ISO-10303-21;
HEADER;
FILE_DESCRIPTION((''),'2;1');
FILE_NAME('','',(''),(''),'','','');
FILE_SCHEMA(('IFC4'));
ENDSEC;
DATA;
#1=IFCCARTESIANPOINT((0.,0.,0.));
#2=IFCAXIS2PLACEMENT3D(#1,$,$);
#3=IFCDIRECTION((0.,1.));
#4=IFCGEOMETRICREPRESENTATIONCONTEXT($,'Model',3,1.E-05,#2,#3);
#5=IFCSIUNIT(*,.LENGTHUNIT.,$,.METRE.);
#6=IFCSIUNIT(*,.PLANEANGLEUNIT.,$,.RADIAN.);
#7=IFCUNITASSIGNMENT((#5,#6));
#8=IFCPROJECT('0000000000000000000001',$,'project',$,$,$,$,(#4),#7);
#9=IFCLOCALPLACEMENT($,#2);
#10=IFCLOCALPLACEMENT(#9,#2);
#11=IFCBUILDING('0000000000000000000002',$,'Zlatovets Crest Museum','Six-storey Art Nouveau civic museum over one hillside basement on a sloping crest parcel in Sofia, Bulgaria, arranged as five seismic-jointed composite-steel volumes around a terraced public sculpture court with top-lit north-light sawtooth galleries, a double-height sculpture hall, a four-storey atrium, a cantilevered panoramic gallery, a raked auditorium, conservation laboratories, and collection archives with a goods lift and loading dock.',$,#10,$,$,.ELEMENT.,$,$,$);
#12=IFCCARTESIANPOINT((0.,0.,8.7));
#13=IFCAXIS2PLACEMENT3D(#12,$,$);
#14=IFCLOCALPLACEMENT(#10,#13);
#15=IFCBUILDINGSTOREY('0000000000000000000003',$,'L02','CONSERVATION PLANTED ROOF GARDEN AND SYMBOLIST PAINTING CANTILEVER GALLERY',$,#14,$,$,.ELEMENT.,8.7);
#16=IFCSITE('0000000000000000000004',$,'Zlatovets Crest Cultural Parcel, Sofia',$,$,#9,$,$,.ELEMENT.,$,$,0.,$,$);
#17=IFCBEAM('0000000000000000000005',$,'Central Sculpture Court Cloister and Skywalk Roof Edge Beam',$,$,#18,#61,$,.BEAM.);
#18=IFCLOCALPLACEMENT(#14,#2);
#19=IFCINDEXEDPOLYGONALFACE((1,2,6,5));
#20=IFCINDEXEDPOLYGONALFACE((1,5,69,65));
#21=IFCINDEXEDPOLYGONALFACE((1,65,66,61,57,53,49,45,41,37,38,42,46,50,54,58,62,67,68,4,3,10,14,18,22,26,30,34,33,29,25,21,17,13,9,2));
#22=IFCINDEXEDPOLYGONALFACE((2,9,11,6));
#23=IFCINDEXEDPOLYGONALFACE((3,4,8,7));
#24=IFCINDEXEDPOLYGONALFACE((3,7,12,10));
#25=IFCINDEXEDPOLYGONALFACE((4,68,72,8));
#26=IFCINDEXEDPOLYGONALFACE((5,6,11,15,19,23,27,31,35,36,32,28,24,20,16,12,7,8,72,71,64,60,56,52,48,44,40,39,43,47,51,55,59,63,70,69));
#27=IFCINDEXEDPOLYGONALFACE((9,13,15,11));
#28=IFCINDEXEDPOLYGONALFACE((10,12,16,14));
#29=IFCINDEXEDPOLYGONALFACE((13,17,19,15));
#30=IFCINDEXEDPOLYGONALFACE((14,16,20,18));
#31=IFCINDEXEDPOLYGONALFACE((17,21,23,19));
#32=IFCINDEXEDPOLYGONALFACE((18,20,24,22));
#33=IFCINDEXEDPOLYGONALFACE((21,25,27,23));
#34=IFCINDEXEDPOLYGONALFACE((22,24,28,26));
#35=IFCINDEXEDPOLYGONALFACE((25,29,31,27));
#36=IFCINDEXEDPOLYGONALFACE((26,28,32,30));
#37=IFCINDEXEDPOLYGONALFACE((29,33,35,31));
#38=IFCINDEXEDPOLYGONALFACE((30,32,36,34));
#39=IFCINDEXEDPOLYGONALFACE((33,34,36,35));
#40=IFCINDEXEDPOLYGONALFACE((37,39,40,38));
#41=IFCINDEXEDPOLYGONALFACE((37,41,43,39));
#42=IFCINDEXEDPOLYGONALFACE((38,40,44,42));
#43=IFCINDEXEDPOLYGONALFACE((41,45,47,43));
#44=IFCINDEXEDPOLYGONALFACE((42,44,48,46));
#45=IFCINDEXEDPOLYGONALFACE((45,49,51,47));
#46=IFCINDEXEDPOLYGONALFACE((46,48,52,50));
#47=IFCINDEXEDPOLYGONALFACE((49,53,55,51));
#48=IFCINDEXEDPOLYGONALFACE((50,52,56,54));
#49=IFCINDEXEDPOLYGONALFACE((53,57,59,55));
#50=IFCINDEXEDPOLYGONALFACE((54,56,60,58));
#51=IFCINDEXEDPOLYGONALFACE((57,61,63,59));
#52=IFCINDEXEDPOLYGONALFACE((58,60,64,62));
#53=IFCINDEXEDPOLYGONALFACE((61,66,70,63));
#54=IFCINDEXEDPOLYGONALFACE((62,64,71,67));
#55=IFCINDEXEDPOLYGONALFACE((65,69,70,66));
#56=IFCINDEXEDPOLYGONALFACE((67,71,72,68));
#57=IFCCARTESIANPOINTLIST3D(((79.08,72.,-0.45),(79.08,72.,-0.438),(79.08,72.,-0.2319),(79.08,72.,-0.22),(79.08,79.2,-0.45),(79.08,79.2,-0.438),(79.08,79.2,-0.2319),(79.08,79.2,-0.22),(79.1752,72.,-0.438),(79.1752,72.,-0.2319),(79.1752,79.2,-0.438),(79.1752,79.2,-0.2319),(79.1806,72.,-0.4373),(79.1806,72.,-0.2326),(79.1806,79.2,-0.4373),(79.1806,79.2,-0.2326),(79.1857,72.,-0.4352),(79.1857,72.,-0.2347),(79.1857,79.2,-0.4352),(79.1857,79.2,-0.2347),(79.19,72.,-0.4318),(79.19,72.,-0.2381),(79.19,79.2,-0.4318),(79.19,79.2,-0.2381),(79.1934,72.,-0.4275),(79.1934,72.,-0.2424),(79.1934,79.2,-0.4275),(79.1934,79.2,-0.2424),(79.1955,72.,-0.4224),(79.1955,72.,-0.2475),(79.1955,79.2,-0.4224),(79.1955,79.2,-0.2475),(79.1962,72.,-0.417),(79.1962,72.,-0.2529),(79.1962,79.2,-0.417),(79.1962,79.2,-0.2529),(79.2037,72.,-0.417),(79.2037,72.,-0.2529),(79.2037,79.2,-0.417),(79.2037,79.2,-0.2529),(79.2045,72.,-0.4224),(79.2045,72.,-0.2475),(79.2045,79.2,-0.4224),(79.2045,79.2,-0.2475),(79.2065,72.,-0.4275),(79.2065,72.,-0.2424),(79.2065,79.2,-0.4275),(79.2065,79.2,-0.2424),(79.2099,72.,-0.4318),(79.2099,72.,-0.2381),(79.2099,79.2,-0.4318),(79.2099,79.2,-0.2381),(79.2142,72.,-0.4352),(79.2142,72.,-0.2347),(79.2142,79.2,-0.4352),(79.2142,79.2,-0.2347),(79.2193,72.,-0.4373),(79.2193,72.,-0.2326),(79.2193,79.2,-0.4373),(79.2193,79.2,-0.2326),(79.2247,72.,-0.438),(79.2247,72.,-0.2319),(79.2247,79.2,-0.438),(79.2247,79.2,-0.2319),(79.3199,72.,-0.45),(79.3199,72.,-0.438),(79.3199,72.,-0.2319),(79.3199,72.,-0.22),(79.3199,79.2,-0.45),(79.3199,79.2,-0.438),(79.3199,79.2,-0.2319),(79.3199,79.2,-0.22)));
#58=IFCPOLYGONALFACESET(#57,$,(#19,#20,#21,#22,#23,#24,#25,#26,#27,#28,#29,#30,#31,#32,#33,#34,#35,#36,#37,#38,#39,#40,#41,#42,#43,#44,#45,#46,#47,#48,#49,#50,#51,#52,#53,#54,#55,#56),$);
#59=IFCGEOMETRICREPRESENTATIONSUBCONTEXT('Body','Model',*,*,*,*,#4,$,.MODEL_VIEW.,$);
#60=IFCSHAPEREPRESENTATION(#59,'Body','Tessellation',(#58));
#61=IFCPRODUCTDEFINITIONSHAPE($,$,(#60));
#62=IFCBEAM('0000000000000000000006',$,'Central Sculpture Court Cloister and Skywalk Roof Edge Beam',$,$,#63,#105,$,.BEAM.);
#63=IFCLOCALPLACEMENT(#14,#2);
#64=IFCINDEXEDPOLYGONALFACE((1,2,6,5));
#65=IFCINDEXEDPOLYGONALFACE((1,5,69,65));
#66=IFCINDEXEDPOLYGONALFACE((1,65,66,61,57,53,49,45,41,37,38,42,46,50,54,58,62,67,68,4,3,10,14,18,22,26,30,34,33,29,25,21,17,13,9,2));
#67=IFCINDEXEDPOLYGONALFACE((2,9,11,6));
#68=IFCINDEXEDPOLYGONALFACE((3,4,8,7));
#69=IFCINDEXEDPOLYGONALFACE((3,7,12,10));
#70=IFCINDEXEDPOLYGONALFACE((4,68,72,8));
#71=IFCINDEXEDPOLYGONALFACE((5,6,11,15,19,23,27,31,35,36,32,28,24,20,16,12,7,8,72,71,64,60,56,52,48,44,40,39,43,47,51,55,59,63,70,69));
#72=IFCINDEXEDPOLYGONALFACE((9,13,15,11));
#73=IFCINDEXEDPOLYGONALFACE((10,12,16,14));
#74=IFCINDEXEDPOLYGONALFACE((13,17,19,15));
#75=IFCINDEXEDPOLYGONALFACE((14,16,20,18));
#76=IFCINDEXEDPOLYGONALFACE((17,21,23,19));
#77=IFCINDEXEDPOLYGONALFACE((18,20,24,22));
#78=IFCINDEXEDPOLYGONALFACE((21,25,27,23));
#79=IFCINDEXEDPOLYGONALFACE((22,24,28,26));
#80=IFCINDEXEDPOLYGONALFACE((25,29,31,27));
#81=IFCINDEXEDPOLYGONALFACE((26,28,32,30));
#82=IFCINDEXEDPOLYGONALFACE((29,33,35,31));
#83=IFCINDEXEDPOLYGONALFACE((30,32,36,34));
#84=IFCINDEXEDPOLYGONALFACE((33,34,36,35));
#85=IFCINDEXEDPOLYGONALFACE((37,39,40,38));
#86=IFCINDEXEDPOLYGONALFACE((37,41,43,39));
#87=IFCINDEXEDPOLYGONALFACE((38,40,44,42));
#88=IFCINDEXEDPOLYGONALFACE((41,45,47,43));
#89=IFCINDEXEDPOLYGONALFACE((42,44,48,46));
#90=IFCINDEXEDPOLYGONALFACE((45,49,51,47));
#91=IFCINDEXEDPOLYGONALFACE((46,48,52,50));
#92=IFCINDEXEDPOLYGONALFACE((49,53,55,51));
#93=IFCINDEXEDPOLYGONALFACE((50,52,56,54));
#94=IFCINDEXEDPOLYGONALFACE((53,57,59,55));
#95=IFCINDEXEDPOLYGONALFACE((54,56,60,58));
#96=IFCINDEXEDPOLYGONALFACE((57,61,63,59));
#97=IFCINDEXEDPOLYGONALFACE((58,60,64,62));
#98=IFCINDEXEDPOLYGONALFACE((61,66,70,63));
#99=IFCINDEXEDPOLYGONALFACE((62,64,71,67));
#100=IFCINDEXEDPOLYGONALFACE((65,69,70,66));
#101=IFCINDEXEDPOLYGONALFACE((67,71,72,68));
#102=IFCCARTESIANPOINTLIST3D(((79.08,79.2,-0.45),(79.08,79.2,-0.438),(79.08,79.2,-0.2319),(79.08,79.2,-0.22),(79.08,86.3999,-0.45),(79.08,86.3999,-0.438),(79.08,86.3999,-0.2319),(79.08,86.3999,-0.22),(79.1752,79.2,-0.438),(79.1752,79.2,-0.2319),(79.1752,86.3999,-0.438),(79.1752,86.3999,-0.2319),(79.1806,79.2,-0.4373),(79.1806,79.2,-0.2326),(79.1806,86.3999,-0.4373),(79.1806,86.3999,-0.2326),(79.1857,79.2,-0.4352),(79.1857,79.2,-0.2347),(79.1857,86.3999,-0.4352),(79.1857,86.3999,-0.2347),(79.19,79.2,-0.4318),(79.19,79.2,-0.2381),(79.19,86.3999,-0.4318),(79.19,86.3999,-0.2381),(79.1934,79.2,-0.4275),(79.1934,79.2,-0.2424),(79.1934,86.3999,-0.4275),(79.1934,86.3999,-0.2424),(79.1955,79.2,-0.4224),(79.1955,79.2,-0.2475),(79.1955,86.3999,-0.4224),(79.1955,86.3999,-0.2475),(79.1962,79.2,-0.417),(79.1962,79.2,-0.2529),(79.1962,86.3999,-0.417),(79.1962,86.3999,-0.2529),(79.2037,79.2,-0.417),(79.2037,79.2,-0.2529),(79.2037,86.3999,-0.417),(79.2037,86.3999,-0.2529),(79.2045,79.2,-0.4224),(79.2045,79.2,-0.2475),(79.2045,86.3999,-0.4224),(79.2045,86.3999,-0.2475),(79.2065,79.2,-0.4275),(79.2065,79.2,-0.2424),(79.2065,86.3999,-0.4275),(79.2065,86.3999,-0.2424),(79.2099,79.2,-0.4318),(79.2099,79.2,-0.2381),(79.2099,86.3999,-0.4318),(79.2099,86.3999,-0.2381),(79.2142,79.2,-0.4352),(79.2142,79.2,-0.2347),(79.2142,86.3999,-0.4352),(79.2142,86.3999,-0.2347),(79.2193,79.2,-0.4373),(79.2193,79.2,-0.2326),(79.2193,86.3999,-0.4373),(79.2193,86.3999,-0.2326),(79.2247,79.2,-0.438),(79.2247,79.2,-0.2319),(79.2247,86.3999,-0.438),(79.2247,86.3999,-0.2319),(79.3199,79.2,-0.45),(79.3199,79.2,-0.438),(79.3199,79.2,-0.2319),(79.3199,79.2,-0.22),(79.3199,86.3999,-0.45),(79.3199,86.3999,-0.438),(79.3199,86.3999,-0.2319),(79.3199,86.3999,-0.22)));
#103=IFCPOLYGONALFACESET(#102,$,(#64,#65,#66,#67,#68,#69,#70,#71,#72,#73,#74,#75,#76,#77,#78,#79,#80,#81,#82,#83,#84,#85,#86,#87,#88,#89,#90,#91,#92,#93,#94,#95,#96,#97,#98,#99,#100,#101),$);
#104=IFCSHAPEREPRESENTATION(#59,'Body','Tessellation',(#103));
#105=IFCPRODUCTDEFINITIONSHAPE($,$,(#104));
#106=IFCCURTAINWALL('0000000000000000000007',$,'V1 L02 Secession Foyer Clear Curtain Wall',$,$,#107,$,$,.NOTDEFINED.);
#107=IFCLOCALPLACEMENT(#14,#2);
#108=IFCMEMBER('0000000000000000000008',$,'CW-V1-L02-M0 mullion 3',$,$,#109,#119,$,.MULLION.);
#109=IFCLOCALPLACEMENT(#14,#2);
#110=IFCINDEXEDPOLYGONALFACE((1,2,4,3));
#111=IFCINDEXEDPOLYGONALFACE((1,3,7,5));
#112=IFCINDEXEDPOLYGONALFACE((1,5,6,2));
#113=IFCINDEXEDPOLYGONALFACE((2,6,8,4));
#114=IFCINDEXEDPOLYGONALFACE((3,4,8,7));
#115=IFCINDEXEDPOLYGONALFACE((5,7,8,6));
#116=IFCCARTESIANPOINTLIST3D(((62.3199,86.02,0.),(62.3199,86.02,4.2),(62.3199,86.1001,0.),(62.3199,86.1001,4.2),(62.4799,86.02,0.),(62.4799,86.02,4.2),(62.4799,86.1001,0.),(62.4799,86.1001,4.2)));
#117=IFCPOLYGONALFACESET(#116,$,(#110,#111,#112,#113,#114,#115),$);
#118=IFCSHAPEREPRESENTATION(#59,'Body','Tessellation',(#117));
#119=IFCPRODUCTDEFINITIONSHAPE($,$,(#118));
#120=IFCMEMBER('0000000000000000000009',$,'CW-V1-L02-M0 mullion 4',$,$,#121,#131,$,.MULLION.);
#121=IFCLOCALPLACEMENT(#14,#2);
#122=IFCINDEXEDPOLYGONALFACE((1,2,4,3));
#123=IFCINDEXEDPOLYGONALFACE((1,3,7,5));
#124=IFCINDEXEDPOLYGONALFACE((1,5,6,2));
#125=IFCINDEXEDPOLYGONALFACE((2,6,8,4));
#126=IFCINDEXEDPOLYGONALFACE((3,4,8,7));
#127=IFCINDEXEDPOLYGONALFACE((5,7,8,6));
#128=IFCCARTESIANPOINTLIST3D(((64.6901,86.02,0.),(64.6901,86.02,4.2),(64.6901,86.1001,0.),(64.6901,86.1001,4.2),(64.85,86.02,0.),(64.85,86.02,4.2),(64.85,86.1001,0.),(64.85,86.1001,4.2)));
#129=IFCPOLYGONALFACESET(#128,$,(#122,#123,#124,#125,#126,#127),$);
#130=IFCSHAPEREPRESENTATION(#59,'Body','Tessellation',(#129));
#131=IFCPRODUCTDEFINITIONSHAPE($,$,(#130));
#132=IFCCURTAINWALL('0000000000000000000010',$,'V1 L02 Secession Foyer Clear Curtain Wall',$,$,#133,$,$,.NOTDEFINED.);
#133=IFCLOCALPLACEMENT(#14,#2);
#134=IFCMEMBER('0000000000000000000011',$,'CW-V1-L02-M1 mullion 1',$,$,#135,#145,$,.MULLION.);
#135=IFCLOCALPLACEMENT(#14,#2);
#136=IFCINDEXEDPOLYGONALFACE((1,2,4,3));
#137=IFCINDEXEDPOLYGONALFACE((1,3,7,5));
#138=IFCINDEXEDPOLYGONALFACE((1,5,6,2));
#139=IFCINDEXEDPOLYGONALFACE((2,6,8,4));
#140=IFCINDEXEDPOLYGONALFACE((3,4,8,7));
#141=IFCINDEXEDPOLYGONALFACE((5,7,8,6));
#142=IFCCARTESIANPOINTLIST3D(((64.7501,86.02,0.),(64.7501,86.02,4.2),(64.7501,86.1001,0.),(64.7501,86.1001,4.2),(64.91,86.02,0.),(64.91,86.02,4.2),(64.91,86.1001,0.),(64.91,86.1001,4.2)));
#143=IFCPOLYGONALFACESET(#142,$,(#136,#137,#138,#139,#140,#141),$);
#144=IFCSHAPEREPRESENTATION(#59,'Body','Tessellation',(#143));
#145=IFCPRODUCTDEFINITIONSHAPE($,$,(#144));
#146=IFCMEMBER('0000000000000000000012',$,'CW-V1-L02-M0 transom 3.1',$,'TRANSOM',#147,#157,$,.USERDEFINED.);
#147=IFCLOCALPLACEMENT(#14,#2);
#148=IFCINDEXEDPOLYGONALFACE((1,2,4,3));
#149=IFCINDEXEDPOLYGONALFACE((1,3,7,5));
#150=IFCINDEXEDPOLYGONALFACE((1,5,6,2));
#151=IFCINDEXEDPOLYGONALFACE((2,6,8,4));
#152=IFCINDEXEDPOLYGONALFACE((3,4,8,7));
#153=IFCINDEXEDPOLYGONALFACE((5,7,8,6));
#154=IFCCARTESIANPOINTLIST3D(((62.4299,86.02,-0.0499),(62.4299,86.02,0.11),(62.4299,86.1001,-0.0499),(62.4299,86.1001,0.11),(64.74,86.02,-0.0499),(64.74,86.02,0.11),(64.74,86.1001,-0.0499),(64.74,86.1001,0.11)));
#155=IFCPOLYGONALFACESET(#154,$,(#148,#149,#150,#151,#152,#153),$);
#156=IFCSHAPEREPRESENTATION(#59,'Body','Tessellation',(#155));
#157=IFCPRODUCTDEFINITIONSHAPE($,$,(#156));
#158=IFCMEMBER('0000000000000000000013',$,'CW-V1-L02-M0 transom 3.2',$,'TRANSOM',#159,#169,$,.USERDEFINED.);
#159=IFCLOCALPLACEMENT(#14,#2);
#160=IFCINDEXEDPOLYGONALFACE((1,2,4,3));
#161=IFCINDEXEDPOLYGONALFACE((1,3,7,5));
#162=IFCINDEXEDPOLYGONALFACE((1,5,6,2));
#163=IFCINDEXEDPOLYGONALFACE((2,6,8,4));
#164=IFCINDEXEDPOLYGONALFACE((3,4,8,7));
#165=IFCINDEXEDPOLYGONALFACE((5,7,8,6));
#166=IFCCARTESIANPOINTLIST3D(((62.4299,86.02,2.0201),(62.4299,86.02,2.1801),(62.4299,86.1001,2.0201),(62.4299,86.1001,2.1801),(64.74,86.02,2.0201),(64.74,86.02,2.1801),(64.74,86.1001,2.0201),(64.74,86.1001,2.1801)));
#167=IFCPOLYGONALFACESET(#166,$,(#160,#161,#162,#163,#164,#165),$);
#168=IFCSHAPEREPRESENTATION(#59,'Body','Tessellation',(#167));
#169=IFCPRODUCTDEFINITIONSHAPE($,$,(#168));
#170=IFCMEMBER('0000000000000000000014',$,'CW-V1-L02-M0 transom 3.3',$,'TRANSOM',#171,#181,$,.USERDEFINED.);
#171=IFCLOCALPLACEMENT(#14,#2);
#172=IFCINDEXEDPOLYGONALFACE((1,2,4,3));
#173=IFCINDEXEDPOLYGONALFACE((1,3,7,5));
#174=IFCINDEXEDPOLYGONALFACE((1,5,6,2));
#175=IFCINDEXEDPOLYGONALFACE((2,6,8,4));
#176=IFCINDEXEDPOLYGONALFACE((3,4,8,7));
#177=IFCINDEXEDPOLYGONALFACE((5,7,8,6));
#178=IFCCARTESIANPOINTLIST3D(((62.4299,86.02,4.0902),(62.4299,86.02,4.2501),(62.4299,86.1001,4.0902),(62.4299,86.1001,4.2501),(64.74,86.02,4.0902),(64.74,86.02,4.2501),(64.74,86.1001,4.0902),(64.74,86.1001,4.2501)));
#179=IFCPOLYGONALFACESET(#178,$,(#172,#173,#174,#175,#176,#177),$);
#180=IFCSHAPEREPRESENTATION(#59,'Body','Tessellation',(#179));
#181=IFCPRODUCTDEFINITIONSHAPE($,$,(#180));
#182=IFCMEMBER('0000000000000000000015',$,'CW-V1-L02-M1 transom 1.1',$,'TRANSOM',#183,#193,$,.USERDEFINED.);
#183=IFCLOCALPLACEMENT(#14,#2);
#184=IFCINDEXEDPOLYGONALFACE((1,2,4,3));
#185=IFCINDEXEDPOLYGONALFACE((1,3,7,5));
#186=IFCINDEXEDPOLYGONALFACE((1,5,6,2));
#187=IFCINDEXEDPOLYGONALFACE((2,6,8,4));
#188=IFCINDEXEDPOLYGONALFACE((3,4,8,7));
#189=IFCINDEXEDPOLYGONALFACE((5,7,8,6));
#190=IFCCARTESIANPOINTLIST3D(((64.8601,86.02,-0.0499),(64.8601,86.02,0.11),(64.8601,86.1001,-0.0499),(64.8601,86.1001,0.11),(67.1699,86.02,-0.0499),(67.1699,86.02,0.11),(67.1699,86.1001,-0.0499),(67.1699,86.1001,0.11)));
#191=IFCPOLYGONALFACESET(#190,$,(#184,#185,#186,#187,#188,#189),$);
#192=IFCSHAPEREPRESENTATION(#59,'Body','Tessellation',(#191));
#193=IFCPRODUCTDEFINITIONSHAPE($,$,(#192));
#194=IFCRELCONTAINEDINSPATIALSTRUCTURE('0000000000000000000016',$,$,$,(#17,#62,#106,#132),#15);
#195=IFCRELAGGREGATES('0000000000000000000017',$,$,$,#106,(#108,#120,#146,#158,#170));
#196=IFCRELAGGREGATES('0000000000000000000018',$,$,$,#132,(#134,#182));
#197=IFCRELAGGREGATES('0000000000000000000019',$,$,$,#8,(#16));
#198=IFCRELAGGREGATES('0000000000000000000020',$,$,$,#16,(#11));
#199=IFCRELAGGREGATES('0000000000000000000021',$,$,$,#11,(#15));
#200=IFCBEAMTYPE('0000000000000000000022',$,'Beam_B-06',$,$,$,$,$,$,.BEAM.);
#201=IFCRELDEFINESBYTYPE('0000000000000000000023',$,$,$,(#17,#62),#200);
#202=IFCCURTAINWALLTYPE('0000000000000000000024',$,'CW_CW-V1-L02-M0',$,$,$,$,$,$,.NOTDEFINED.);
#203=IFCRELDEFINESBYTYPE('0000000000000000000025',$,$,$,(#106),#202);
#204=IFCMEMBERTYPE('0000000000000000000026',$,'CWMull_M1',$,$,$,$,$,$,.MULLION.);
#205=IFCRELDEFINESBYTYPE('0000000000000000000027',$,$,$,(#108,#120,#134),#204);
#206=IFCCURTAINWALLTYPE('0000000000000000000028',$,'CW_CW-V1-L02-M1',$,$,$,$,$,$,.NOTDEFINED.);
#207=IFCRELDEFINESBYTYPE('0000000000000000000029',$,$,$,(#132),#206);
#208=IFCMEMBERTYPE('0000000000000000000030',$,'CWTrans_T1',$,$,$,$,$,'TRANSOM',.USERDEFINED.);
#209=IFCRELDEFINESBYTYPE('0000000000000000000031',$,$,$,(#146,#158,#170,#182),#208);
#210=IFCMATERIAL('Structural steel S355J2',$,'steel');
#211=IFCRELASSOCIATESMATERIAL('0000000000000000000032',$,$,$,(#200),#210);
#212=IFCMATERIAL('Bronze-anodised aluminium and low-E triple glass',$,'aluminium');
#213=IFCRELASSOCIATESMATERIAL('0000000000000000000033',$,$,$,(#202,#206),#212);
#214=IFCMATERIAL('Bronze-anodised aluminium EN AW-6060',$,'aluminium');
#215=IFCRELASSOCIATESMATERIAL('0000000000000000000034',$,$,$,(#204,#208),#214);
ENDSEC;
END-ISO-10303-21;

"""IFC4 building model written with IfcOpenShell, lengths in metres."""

from ifc_helpers import new_model, si_unit, direction, frame, origin, origin_2d, place, context, subcontext, project, spatial, rectangle, i_section, extrude, material, material_profile, profile_set, type_object, element, aggregate, save


model = new_model("IFC4")

# Units and contexts
model_context = context("Model", 3, precision=1e-05, world=origin(), true_north=direction((0.0, 1.0)))
body_context = subcontext(model_context, "Body", "Model", "MODEL_VIEW")
ifc_project = project(units=[si_unit("LENGTHUNIT", "METRE"), si_unit("PLANEANGLEUNIT", "RADIAN")], contexts=[model_context])

# Site, building, storey
site_placement = place(None, origin())
site = spatial("IfcSite", under=ifc_project, at=site_placement, Name="Zlatovets Crest Cultural Parcel, Sofia", CompositionType="ELEMENT", RefElevation=0.0)
building_placement = place(site_placement, origin())
building = spatial("IfcBuilding", under=site, at=building_placement, Name="Zlatovets Crest Museum", Description="Six-storey Art Nouveau civic museum over one hillside basement on a sloping crest parcel in Sofia, Bulgaria, arranged as five seismic-jointed composite-steel volumes around a terraced public sculpture court with top-lit north-light sawtooth galleries, a double-height sculpture hall, a four-storey atrium, a cantilevered panoramic gallery, a raked auditorium, conservation laboratories, and collection archives with a goods lift and loading dock.", CompositionType="ELEMENT")
storey_placement = place(building_placement, frame((0.0, 0.0, 8.7)))
storey = spatial("IfcBuildingStorey", under=building, at=storey_placement, Name="L02", Description="CONSERVATION PLANTED ROOF GARDEN AND SYMBOLIST PAINTING CANTILEVER GALLERY", CompositionType="ELEMENT", Elevation=8.7)

# Beams
ifc_material_1 = material(Name="Structural steel S355J2", Category="steel")
ifc_material_profile_1 = material_profile(ifc_material_1, i_section(OverallWidth=0.24, OverallDepth=0.23, WebThickness=0.0076, FlangeThickness=0.012, FilletRadius=0.021, at=origin_2d()), Name="HEA 240")
ifc_profile_set_1 = profile_set([ifc_material_profile_1], Name="Structural steel S355J2")
beam_type = type_object("IfcBeamType", Name="Beam_B-06", PredefinedType="BEAM", material=ifc_profile_set_1)
for number, where, z_axis, x_axis, name in (
    (1, (79.2, 72.0, -0.335), (0.0, 1.0, 0.0), (-1.0, 0.0, 0.0), "Central Sculpture Court Cloister and Skywalk Roof Edge Beam"),
    (2, (79.2, 79.2, -0.335), (0.0, 1.0, 0.0), (-1.0, 0.0, 0.0), "Central Sculpture Court Cloister and Skywalk Roof Edge Beam"),
):
    element("IfcBeam", number, at=place(storey_placement, frame(where, z_axis=z_axis, x_axis=x_axis)), inside=storey, type_object=beam_type, Name=name, PredefinedType="BEAM", context=body_context, shape_type="SweptSolid", body=[
        extrude(i_section(OverallWidth=0.24, OverallDepth=0.23, WebThickness=0.0076, FlangeThickness=0.012, FilletRadius=0.021, at=origin_2d()), origin(), (0.0, 0.0, 1.0), 7.2),
    ])

# Curtain wall, members
ifc_material_2 = material(Name="Bronze-anodised aluminium and low-E triple glass", Category="aluminium")
curtain_wall_type_1 = type_object("IfcCurtainWallType", Name="CW_CW-V1-L02-M0", PredefinedType="NOTDEFINED", material=ifc_material_2)
curtain_wall_1_placement = place(storey_placement, origin())
curtain_wall_1 = element("IfcCurtainWall", 3, at=curtain_wall_1_placement, inside=storey, type_object=curtain_wall_type_1, Name="V1 L02 Secession Foyer Clear Curtain Wall", PredefinedType="NOTDEFINED")
ifc_material_3 = material(Name="Bronze-anodised aluminium EN AW-6060", Category="aluminium")
ifc_material_profile_2 = material_profile(ifc_material_3, rectangle(XDim=0.0801, YDim=0.1599, at=origin_2d()), Name="ALU 80x160")
ifc_profile_set_2 = profile_set([ifc_material_profile_2], Name="Bronze-anodised aluminium EN AW-6060")
member_type_1 = type_object("IfcMemberType", Name="CWMull_M1", PredefinedType="MULLION", material=ifc_profile_set_2)
member_1_placement = place(storey_placement, frame((62.3999, 86.0601, 0.0), z_axis=(0.0, 0.0, 1.0), x_axis=(0.0, 1.0, 0.0)))
member_1 = element("IfcMember", 4, at=member_1_placement, type_object=member_type_1, Name="CW-V1-L02-M0 mullion 3", PredefinedType="MULLION", context=body_context, shape_type="SweptSolid", body=[
    extrude(rectangle(XDim=0.0801, YDim=0.1599, at=origin_2d()), origin(), (0.0, 0.0, 1.0), 4.2),
])
member_2_placement = place(storey_placement, frame((64.77, 86.0601, 0.0), z_axis=(0.0, 0.0, 1.0), x_axis=(0.0, 1.0, 0.0)))
member_2 = element("IfcMember", 5, at=member_2_placement, type_object=member_type_1, Name="CW-V1-L02-M0 mullion 4", PredefinedType="MULLION", context=body_context, shape_type="SweptSolid", body=[
    extrude(rectangle(XDim=0.0801, YDim=0.1599, at=origin_2d()), origin(), (0.0, 0.0, 1.0), 4.2),
])

# Curtain wall, member
curtain_wall_type_2 = type_object("IfcCurtainWallType", Name="CW_CW-V1-L02-M1", PredefinedType="NOTDEFINED", material=ifc_material_2)
curtain_wall_2_placement = place(storey_placement, origin())
curtain_wall_2 = element("IfcCurtainWall", 6, at=curtain_wall_2_placement, inside=storey, type_object=curtain_wall_type_2, Name="V1 L02 Secession Foyer Clear Curtain Wall", PredefinedType="NOTDEFINED")
member_3_placement = place(storey_placement, frame((64.8301, 86.0601, 0.0), z_axis=(0.0, 0.0, 1.0), x_axis=(0.0, 1.0, 0.0)))
member_3 = element("IfcMember", 7, at=member_3_placement, type_object=member_type_1, Name="CW-V1-L02-M1 mullion 1", PredefinedType="MULLION", context=body_context, shape_type="SweptSolid", body=[
    extrude(rectangle(XDim=0.0801, YDim=0.1599, at=origin_2d()), origin(), (0.0, 0.0, 1.0), 4.2),
])

# Members
ifc_material_profile_3 = material_profile(ifc_material_3, rectangle(XDim=0.0801, YDim=0.1599, at=origin_2d()), Name="ALU 80x160")
ifc_profile_set_3 = profile_set([ifc_material_profile_3], Name="Bronze-anodised aluminium EN AW-6060")
member_type_2 = type_object("IfcMemberType", Name="CWTrans_T1", ElementType="TRANSOM", PredefinedType="USERDEFINED", material=ifc_profile_set_3)
member_4_placement = place(storey_placement, frame((62.4299, 86.0601, 0.03), z_axis=(1.0, 0.0, 0.0), x_axis=(0.0, 1.0, 0.0)))
member_4 = element("IfcMember", 8, at=member_4_placement, type_object=member_type_2, Name="CW-V1-L02-M0 transom 3.1", ObjectType="TRANSOM", PredefinedType="USERDEFINED", context=body_context, shape_type="SweptSolid", body=[
    extrude(rectangle(XDim=0.0801, YDim=0.1599, at=origin_2d()), origin(), (0.0, 0.0, 1.0), 2.3101),
])
member_5_placement = place(storey_placement, frame((62.4299, 86.0601, 2.1001), z_axis=(1.0, 0.0, 0.0), x_axis=(0.0, 1.0, 0.0)))
member_5 = element("IfcMember", 9, at=member_5_placement, type_object=member_type_2, Name="CW-V1-L02-M0 transom 3.2", ObjectType="TRANSOM", PredefinedType="USERDEFINED", context=body_context, shape_type="SweptSolid", body=[
    extrude(rectangle(XDim=0.0801, YDim=0.1599, at=origin_2d()), origin(), (0.0, 0.0, 1.0), 2.3101),
])
member_6_placement = place(storey_placement, frame((62.4299, 86.0601, 4.1702), z_axis=(1.0, 0.0, 0.0), x_axis=(0.0, 1.0, 0.0)))
member_6 = element("IfcMember", 10, at=member_6_placement, type_object=member_type_2, Name="CW-V1-L02-M0 transom 3.3", ObjectType="TRANSOM", PredefinedType="USERDEFINED", context=body_context, shape_type="SweptSolid", body=[
    extrude(rectangle(XDim=0.0801, YDim=0.1599, at=origin_2d()), origin(), (0.0, 0.0, 1.0), 2.3101),
])
member_7_placement = place(storey_placement, frame((64.8601, 86.0601, 0.03), z_axis=(1.0, 0.0, 0.0), x_axis=(0.0, 1.0, 0.0)))
member_7 = element("IfcMember", 11, at=member_7_placement, type_object=member_type_2, Name="CW-V1-L02-M1 transom 1.1", ObjectType="TRANSOM", PredefinedType="USERDEFINED", context=body_context, shape_type="SweptSolid", body=[
    extrude(rectangle(XDim=0.0801, YDim=0.1599, at=origin_2d()), origin(), (0.0, 0.0, 1.0), 2.3098),
])

aggregate(curtain_wall_1, [member_1, member_2, member_4, member_5, member_6])
aggregate(curtain_wall_2, [member_3, member_7])

save(model, "model.ifc")
